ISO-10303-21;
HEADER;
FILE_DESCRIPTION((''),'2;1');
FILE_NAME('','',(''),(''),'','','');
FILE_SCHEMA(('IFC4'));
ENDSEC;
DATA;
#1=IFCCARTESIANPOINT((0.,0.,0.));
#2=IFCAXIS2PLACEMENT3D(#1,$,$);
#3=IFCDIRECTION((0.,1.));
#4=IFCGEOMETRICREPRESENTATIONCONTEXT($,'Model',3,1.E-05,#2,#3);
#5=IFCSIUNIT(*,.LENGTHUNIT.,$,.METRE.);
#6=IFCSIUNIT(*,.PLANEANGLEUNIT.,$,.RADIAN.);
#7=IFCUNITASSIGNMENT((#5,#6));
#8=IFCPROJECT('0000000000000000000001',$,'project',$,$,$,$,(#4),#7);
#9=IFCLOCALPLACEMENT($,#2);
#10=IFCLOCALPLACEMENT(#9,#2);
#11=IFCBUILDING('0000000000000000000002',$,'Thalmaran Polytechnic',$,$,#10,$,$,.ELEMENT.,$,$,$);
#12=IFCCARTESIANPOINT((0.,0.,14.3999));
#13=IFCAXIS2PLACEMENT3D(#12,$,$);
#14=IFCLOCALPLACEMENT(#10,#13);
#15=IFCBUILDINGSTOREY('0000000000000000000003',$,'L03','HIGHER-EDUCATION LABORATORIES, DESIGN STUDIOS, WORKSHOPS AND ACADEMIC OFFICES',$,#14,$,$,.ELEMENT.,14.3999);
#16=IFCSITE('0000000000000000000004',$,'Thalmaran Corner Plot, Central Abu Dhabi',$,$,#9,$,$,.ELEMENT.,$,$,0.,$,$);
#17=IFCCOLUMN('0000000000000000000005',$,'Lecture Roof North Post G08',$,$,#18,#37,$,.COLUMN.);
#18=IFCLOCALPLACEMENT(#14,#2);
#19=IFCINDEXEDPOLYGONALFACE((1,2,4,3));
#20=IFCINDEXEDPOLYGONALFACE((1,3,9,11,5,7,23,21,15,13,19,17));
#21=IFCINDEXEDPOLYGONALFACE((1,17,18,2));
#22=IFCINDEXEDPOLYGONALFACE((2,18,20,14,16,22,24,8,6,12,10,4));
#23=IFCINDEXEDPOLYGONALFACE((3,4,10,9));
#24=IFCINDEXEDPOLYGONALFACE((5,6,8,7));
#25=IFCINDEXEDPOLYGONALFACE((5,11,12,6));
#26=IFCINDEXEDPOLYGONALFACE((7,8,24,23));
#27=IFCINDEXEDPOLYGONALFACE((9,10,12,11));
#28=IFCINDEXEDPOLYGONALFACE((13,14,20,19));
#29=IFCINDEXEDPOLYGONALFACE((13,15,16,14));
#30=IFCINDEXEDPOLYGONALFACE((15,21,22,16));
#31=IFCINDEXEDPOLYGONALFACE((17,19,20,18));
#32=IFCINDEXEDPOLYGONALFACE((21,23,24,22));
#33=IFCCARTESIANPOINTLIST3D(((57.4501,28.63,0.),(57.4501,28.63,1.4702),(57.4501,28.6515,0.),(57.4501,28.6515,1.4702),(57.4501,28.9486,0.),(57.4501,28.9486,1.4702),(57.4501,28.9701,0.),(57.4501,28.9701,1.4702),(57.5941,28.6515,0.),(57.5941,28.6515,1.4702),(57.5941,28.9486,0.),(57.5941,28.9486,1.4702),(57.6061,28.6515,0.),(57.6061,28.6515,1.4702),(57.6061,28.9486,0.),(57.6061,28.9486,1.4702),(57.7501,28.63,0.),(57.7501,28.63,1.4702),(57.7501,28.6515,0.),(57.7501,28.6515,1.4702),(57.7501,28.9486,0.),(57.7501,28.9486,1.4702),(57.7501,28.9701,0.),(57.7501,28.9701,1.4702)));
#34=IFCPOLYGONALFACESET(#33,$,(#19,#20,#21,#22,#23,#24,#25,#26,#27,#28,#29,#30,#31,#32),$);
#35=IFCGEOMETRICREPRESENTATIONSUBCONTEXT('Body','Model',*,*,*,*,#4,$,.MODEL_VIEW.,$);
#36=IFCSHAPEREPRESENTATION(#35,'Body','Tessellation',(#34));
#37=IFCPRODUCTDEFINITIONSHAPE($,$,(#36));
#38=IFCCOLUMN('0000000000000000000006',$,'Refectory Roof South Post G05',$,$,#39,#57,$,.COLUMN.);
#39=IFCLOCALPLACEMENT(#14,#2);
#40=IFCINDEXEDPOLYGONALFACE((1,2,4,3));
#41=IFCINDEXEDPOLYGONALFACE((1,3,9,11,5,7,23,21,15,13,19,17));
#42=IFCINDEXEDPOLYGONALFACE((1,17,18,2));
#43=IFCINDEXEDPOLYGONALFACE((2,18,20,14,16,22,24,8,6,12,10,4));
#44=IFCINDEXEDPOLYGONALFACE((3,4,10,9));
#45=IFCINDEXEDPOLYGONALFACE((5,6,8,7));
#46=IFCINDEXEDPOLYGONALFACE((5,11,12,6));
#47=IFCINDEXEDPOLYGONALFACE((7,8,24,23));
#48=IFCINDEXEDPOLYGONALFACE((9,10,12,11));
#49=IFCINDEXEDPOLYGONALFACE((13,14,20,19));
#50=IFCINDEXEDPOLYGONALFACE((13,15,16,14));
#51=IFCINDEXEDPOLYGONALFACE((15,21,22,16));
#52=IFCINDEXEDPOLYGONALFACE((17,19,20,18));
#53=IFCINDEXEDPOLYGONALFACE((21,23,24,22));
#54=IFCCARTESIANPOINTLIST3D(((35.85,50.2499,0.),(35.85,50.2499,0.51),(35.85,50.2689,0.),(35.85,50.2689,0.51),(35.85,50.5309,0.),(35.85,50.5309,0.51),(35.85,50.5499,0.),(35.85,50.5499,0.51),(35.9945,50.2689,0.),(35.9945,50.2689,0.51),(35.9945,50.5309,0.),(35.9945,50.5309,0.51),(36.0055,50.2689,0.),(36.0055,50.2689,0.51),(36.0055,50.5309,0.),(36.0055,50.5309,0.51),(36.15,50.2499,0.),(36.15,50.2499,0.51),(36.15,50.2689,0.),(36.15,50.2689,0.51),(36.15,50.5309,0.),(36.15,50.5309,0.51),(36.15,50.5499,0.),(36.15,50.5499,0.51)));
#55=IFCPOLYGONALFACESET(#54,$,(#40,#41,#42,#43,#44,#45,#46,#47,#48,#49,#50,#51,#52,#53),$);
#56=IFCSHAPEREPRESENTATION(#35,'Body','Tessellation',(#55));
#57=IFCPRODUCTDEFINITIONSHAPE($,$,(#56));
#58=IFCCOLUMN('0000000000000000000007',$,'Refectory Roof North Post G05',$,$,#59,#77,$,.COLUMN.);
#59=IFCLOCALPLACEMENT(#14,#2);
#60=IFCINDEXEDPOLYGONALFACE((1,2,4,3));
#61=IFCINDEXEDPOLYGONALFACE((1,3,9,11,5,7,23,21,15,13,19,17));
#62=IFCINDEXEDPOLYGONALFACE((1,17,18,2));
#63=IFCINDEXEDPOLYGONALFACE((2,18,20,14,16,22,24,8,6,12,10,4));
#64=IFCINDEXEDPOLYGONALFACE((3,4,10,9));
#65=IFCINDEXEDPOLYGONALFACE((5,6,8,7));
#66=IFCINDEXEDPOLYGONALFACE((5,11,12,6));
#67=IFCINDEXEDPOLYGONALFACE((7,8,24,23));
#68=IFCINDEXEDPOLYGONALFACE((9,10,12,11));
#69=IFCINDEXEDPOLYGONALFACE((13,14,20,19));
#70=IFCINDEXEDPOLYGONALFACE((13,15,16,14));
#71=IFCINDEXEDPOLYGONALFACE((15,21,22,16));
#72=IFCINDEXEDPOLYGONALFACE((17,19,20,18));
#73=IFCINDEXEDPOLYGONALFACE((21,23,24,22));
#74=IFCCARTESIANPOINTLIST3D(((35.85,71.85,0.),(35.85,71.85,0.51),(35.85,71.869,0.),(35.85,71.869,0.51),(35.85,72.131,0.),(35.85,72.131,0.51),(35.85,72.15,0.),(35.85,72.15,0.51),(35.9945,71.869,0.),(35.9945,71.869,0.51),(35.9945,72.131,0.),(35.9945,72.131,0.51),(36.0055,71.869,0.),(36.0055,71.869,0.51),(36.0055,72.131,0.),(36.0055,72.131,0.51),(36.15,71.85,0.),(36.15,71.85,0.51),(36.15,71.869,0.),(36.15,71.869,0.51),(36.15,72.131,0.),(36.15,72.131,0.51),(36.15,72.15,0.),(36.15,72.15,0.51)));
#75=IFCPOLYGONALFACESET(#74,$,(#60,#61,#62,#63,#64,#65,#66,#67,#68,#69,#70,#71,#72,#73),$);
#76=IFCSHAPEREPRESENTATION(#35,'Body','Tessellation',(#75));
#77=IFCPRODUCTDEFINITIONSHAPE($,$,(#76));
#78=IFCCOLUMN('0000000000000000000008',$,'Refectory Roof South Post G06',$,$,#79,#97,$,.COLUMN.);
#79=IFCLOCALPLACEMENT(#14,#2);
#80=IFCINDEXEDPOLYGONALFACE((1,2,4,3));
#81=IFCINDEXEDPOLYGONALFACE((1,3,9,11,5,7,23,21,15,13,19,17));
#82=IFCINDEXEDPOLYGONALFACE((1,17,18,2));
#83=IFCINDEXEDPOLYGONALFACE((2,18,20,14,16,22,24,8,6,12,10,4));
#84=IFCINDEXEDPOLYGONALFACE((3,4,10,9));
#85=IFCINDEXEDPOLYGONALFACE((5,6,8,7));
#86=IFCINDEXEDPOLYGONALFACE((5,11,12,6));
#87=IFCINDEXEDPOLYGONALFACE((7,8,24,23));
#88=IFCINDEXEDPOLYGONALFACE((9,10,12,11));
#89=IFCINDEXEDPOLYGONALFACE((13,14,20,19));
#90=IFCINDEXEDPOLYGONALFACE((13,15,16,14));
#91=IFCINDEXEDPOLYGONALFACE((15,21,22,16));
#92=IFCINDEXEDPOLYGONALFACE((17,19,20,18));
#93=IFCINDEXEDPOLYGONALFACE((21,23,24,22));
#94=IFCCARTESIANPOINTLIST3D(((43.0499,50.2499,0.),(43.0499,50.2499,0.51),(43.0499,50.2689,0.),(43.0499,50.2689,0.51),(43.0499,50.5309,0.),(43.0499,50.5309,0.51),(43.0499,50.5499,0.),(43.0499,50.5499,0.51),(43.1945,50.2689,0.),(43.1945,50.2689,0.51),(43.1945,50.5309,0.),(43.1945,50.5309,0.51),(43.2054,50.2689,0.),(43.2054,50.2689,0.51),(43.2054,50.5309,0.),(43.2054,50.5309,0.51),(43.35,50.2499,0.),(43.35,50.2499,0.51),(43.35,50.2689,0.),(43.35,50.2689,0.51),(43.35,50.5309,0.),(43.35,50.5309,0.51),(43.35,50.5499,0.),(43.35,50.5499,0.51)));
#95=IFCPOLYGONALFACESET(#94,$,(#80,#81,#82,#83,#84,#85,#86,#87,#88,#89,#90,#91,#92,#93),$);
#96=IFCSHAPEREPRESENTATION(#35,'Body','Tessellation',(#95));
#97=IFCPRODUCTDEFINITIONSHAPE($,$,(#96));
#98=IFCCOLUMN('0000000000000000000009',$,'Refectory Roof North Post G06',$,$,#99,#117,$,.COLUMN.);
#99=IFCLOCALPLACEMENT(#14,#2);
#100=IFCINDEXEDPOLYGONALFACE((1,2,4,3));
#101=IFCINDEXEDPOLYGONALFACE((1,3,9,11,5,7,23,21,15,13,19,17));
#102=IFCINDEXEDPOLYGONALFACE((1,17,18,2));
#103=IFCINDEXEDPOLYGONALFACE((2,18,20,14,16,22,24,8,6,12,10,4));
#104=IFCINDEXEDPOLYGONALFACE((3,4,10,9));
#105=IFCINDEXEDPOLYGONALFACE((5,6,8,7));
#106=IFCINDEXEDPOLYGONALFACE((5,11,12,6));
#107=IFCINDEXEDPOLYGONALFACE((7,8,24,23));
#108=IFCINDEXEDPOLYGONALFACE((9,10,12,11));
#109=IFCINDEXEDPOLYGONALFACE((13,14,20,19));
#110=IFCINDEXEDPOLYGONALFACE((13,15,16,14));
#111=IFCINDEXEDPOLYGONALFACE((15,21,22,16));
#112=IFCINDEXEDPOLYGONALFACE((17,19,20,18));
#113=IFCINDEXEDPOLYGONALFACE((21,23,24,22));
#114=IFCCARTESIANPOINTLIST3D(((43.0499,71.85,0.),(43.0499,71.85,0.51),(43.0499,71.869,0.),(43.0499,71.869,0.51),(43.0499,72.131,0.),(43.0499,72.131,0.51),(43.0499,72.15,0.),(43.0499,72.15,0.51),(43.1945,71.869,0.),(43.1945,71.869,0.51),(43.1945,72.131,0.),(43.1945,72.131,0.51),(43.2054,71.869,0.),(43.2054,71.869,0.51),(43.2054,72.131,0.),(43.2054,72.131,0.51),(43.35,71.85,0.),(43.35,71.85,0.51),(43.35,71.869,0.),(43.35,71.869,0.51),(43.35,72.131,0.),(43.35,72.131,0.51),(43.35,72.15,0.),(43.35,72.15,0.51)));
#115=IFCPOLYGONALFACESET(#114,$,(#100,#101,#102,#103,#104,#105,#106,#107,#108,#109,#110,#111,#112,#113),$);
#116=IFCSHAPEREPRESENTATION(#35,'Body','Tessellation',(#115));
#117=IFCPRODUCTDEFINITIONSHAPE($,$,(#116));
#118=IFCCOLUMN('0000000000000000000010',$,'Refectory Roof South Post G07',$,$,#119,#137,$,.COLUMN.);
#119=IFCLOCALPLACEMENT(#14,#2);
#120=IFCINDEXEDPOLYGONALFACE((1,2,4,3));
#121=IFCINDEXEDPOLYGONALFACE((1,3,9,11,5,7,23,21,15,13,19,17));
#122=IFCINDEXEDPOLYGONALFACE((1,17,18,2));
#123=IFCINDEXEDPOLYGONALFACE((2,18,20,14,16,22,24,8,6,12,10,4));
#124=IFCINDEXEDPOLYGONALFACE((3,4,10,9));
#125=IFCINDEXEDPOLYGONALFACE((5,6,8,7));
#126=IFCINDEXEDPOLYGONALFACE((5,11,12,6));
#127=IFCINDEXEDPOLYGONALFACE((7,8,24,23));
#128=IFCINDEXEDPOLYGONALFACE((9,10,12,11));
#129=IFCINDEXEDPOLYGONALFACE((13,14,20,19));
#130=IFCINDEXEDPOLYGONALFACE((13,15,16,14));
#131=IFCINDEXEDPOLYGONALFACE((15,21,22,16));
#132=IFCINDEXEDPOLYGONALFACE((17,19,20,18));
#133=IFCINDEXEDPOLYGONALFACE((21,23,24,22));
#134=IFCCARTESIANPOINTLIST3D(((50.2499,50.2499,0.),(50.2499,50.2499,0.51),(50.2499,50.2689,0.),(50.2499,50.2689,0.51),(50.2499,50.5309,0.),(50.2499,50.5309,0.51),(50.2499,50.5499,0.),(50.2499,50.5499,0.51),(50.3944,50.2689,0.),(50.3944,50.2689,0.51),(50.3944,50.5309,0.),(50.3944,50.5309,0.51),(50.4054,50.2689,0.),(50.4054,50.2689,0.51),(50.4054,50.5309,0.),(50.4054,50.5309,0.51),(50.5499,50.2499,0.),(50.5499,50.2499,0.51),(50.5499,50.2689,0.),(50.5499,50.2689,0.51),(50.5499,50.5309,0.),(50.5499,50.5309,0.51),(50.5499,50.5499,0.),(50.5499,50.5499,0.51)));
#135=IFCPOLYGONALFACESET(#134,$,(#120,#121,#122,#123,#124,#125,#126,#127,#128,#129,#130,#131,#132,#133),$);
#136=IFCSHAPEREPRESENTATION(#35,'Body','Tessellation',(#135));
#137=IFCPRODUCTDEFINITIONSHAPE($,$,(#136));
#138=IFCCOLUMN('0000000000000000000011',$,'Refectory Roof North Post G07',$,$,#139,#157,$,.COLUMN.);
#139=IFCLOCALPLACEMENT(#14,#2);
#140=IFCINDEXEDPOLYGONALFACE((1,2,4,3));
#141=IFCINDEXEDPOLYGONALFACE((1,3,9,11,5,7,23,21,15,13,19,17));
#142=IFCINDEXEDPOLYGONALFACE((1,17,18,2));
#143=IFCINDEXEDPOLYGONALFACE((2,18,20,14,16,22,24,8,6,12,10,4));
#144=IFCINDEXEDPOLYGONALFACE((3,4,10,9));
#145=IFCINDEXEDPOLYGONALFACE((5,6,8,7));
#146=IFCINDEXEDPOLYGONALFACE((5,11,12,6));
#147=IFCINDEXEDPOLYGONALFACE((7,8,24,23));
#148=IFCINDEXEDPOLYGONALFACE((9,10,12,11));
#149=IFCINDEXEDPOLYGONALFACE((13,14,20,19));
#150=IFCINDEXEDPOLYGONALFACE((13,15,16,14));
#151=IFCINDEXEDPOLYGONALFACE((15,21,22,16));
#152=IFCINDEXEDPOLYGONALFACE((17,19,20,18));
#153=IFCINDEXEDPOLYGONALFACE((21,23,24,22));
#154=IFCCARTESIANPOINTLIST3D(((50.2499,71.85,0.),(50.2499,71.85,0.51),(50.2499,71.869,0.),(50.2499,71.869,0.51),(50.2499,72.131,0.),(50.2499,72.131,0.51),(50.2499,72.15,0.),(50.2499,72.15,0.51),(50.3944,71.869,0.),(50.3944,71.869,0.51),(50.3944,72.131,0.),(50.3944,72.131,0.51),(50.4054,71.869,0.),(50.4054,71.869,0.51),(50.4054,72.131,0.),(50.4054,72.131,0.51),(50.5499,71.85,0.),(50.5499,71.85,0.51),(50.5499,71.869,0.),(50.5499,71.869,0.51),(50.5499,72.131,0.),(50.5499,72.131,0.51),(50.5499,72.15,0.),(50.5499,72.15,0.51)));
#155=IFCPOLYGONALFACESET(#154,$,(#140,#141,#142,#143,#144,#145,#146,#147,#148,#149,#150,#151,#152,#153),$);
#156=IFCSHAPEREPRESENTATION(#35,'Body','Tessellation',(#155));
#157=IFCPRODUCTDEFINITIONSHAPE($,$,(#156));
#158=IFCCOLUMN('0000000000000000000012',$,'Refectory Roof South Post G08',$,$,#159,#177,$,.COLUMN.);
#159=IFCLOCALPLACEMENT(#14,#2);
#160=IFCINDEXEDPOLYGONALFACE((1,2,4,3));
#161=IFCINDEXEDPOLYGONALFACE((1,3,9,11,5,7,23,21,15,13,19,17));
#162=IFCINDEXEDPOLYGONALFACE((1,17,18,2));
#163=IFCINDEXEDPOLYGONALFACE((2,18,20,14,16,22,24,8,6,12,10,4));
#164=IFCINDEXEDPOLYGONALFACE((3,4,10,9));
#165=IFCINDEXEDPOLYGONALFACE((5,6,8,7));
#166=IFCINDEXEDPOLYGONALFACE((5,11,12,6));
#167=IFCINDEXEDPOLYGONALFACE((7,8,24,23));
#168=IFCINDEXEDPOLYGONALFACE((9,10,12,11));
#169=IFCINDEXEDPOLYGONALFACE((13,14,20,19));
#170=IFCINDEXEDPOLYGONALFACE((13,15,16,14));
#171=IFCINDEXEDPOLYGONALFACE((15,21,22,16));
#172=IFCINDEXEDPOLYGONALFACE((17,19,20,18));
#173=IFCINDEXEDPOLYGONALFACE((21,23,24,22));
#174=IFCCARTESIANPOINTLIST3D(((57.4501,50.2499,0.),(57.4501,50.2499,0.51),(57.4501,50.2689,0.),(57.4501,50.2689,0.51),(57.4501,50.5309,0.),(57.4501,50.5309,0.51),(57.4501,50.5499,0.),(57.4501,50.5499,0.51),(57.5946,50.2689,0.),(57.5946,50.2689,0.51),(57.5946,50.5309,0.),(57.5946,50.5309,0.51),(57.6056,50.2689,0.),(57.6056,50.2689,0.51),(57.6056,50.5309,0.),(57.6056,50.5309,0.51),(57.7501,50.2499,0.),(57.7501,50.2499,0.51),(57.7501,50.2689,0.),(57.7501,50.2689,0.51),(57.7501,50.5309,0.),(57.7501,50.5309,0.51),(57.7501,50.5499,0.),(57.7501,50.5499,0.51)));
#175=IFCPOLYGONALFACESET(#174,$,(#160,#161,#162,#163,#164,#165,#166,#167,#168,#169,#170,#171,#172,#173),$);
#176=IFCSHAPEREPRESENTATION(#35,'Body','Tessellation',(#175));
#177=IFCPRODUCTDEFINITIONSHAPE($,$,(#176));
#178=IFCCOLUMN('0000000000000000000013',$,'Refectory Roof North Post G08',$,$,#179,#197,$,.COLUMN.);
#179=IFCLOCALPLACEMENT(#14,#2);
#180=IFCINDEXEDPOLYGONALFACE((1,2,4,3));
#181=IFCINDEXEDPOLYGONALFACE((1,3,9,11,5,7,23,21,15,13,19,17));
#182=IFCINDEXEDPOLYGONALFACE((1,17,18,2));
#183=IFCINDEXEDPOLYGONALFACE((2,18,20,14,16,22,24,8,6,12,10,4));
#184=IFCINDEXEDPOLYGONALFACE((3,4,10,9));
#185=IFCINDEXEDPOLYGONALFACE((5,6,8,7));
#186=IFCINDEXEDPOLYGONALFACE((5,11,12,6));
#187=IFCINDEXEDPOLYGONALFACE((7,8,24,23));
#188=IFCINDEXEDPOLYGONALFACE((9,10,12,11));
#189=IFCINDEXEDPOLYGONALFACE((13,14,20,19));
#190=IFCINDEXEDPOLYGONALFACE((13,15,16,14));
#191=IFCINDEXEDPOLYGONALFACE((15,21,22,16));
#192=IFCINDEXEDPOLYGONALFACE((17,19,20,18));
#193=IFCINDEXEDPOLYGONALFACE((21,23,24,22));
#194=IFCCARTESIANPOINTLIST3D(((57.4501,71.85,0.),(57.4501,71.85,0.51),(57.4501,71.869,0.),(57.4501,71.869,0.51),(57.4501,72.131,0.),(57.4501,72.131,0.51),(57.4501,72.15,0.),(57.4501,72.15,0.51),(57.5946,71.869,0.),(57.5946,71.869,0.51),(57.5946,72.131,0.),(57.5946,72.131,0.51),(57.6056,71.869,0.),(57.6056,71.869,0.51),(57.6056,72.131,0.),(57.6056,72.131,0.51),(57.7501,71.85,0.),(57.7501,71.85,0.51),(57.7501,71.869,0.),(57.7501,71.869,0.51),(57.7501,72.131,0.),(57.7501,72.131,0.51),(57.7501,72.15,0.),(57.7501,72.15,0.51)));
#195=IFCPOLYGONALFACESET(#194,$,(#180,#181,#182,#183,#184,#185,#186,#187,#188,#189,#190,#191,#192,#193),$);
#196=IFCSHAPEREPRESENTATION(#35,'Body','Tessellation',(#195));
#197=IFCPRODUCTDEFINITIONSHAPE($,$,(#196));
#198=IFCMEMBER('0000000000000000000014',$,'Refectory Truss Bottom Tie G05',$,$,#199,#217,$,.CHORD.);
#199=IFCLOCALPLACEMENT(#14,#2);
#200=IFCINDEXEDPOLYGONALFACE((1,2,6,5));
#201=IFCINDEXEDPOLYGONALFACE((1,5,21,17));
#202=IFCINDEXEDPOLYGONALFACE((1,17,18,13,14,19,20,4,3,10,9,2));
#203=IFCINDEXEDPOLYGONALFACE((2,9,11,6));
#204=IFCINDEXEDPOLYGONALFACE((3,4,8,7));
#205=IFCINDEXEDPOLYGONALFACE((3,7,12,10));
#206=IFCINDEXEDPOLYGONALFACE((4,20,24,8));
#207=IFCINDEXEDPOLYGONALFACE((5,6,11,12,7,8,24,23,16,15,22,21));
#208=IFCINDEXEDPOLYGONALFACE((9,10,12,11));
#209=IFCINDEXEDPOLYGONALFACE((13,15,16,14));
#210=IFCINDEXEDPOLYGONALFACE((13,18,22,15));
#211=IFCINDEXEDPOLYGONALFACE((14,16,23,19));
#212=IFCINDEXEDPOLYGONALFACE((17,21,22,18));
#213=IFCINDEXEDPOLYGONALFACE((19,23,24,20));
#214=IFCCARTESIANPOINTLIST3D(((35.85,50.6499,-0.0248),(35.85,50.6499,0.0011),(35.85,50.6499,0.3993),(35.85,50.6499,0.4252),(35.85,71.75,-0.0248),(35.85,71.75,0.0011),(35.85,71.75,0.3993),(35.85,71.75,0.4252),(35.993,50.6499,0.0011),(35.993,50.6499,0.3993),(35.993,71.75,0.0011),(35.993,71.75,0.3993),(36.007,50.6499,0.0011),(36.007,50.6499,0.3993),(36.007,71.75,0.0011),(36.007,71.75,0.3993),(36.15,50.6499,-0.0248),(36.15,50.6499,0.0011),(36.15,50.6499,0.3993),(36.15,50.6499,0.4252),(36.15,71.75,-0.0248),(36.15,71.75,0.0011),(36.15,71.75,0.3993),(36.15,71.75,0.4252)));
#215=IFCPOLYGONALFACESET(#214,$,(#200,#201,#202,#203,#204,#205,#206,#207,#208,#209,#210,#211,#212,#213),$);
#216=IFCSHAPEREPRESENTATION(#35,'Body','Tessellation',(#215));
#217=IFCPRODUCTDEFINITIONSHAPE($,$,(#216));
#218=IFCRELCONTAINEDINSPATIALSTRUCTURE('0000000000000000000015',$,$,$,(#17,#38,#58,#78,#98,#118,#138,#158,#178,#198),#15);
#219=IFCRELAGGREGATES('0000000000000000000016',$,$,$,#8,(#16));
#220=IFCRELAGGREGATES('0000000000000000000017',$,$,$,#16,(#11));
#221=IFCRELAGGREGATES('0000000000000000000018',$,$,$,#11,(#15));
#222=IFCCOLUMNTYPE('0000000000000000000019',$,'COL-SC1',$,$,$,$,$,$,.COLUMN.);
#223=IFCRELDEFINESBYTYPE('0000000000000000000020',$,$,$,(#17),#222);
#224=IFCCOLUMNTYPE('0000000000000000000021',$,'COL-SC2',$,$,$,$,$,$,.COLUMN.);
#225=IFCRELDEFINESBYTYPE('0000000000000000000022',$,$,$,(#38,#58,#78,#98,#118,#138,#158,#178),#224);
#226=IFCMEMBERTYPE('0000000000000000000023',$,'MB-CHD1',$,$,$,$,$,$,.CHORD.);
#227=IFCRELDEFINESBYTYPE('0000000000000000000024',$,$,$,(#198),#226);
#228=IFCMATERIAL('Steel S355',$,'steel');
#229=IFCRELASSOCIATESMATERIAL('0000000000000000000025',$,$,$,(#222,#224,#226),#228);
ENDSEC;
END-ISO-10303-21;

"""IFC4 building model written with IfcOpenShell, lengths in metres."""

from ifc_helpers import new_model, si_unit, direction, frame, origin, origin_2d, place, context, subcontext, project, spatial, i_section, extrude, material, material_profile, profile_set, type_object, element, save


model = new_model("IFC4")

# Units and contexts
model_context = context("Model", 3, precision=1e-05, world=origin(), true_north=direction((0.0, 1.0)))
body_context = subcontext(model_context, "Body", "Model", "MODEL_VIEW")
ifc_project = project(units=[si_unit("LENGTHUNIT", "METRE"), si_unit("PLANEANGLEUNIT", "RADIAN")], contexts=[model_context])

# Site, building, storey
site_placement = place(None, origin())
site = spatial("IfcSite", under=ifc_project, at=site_placement, Name="Thalmaran Corner Plot, Central Abu Dhabi", CompositionType="ELEMENT", RefElevation=0.0)
building_placement = place(site_placement, origin())
building = spatial("IfcBuilding", under=site, at=building_placement, Name="Thalmaran Polytechnic", CompositionType="ELEMENT")
storey_placement = place(building_placement, frame((0.0, 0.0, 14.3999)))
storey = spatial("IfcBuildingStorey", under=building, at=storey_placement, Name="L03", Description="HIGHER-EDUCATION LABORATORIES, DESIGN STUDIOS, WORKSHOPS AND ACADEMIC OFFICES", CompositionType="ELEMENT", Elevation=14.3999)

# Columns
ifc_material_1 = material(Name="Steel S355", Category="steel")
ifc_material_profile_1 = material_profile(ifc_material_1, i_section(OverallWidth=0.3, OverallDepth=0.3401, WebThickness=0.012, FlangeThickness=0.0215, at=origin_2d()), Name="HEB 340")
ifc_profile_set_1 = profile_set([ifc_material_profile_1], Name="Steel S355")
column_type_1 = type_object("IfcColumnType", Name="COL-SC1", PredefinedType="COLUMN", material=ifc_profile_set_1)
column_placement = place(storey_placement, frame((57.6001, 28.8, 0.0), z_axis=(0.0, 0.0, 1.0), x_axis=(1.0, 0.0, 0.0)))
element("IfcColumn", 1, at=column_placement, inside=storey, type_object=column_type_1, Name="Lecture Roof North Post G08", PredefinedType="COLUMN", context=body_context, shape_type="SweptSolid", body=[
    extrude(i_section(OverallWidth=0.3, OverallDepth=0.3401, WebThickness=0.012, FlangeThickness=0.0215, at=origin_2d()), origin(), (0.0, 0.0, 1.0), 1.4702),
])
ifc_material_profile_2 = material_profile(ifc_material_1, i_section(OverallWidth=0.3, OverallDepth=0.3, WebThickness=0.011, FlangeThickness=0.019, at=origin_2d()), Name="HEB 300")
ifc_profile_set_2 = profile_set([ifc_material_profile_2], Name="Steel S355")
column_type_2 = type_object("IfcColumnType", Name="COL-SC2", PredefinedType="COLUMN", material=ifc_profile_set_2)
for number, where, z_axis, x_axis, name in (
    (2, (36.0, 50.3999, 0.0), (0.0, 0.0, 1.0), (1.0, 0.0, 0.0), "Refectory Roof South Post G05"),
    (3, (36.0, 72.0, 0.0), (0.0, 0.0, 1.0), (1.0, 0.0, 0.0), "Refectory Roof North Post G05"),
    (4, (43.2, 50.3999, 0.0), (0.0, 0.0, 1.0), (1.0, 0.0, 0.0), "Refectory Roof South Post G06"),
    (5, (43.2, 72.0, 0.0), (0.0, 0.0, 1.0), (1.0, 0.0, 0.0), "Refectory Roof North Post G06"),
    (6, (50.3999, 50.3999, 0.0), (0.0, 0.0, 1.0), (1.0, 0.0, 0.0), "Refectory Roof South Post G07"),
    (7, (50.3999, 72.0, 0.0), (0.0, 0.0, 1.0), (1.0, 0.0, 0.0), "Refectory Roof North Post G07"),
    (8, (57.6001, 50.3999, 0.0), (0.0, 0.0, 1.0), (1.0, 0.0, 0.0), "Refectory Roof South Post G08"),
    (9, (57.6001, 72.0, 0.0), (0.0, 0.0, 1.0), (1.0, 0.0, 0.0), "Refectory Roof North Post G08"),
):
    element("IfcColumn", number, at=place(storey_placement, frame(where, z_axis=z_axis, x_axis=x_axis)), inside=storey, type_object=column_type_2, Name=name, PredefinedType="COLUMN", context=body_context, shape_type="SweptSolid", body=[
        extrude(i_section(OverallWidth=0.3, OverallDepth=0.3, WebThickness=0.011, FlangeThickness=0.019, at=origin_2d()), origin(), (0.0, 0.0, 1.0), 0.51),
    ])

# Member
ifc_material_profile_3 = material_profile(ifc_material_1, i_section(OverallWidth=0.3, OverallDepth=0.45, WebThickness=0.0139, FlangeThickness=0.0259, at=origin_2d()), Name="HEB 450")
ifc_profile_set_3 = profile_set([ifc_material_profile_3], Name="Steel S355")
member_type_1 = type_object("IfcMemberType", Name="MB-CHD1", PredefinedType="CHORD", material=ifc_profile_set_3)
for number, where, z_axis, x_axis, name in (
    (10, (36.0, 50.6499, 0.2002), (0.0, 1.0, 0.0), (-1.0, 0.0, 0.0), "Refectory Truss Bottom Tie G05"),
):
    element("IfcMember", number, at=place(storey_placement, frame(where, z_axis=z_axis, x_axis=x_axis)), inside=storey, type_object=member_type_1, Name=name, PredefinedType="CHORD", context=body_context, shape_type="SweptSolid", body=[
        extrude(i_section(OverallWidth=0.3, OverallDepth=0.45, WebThickness=0.0139, FlangeThickness=0.0259, at=origin_2d()), origin(), (0.0, 0.0, 1.0), 21.1001),
    ])

save(model, "model.ifc")
